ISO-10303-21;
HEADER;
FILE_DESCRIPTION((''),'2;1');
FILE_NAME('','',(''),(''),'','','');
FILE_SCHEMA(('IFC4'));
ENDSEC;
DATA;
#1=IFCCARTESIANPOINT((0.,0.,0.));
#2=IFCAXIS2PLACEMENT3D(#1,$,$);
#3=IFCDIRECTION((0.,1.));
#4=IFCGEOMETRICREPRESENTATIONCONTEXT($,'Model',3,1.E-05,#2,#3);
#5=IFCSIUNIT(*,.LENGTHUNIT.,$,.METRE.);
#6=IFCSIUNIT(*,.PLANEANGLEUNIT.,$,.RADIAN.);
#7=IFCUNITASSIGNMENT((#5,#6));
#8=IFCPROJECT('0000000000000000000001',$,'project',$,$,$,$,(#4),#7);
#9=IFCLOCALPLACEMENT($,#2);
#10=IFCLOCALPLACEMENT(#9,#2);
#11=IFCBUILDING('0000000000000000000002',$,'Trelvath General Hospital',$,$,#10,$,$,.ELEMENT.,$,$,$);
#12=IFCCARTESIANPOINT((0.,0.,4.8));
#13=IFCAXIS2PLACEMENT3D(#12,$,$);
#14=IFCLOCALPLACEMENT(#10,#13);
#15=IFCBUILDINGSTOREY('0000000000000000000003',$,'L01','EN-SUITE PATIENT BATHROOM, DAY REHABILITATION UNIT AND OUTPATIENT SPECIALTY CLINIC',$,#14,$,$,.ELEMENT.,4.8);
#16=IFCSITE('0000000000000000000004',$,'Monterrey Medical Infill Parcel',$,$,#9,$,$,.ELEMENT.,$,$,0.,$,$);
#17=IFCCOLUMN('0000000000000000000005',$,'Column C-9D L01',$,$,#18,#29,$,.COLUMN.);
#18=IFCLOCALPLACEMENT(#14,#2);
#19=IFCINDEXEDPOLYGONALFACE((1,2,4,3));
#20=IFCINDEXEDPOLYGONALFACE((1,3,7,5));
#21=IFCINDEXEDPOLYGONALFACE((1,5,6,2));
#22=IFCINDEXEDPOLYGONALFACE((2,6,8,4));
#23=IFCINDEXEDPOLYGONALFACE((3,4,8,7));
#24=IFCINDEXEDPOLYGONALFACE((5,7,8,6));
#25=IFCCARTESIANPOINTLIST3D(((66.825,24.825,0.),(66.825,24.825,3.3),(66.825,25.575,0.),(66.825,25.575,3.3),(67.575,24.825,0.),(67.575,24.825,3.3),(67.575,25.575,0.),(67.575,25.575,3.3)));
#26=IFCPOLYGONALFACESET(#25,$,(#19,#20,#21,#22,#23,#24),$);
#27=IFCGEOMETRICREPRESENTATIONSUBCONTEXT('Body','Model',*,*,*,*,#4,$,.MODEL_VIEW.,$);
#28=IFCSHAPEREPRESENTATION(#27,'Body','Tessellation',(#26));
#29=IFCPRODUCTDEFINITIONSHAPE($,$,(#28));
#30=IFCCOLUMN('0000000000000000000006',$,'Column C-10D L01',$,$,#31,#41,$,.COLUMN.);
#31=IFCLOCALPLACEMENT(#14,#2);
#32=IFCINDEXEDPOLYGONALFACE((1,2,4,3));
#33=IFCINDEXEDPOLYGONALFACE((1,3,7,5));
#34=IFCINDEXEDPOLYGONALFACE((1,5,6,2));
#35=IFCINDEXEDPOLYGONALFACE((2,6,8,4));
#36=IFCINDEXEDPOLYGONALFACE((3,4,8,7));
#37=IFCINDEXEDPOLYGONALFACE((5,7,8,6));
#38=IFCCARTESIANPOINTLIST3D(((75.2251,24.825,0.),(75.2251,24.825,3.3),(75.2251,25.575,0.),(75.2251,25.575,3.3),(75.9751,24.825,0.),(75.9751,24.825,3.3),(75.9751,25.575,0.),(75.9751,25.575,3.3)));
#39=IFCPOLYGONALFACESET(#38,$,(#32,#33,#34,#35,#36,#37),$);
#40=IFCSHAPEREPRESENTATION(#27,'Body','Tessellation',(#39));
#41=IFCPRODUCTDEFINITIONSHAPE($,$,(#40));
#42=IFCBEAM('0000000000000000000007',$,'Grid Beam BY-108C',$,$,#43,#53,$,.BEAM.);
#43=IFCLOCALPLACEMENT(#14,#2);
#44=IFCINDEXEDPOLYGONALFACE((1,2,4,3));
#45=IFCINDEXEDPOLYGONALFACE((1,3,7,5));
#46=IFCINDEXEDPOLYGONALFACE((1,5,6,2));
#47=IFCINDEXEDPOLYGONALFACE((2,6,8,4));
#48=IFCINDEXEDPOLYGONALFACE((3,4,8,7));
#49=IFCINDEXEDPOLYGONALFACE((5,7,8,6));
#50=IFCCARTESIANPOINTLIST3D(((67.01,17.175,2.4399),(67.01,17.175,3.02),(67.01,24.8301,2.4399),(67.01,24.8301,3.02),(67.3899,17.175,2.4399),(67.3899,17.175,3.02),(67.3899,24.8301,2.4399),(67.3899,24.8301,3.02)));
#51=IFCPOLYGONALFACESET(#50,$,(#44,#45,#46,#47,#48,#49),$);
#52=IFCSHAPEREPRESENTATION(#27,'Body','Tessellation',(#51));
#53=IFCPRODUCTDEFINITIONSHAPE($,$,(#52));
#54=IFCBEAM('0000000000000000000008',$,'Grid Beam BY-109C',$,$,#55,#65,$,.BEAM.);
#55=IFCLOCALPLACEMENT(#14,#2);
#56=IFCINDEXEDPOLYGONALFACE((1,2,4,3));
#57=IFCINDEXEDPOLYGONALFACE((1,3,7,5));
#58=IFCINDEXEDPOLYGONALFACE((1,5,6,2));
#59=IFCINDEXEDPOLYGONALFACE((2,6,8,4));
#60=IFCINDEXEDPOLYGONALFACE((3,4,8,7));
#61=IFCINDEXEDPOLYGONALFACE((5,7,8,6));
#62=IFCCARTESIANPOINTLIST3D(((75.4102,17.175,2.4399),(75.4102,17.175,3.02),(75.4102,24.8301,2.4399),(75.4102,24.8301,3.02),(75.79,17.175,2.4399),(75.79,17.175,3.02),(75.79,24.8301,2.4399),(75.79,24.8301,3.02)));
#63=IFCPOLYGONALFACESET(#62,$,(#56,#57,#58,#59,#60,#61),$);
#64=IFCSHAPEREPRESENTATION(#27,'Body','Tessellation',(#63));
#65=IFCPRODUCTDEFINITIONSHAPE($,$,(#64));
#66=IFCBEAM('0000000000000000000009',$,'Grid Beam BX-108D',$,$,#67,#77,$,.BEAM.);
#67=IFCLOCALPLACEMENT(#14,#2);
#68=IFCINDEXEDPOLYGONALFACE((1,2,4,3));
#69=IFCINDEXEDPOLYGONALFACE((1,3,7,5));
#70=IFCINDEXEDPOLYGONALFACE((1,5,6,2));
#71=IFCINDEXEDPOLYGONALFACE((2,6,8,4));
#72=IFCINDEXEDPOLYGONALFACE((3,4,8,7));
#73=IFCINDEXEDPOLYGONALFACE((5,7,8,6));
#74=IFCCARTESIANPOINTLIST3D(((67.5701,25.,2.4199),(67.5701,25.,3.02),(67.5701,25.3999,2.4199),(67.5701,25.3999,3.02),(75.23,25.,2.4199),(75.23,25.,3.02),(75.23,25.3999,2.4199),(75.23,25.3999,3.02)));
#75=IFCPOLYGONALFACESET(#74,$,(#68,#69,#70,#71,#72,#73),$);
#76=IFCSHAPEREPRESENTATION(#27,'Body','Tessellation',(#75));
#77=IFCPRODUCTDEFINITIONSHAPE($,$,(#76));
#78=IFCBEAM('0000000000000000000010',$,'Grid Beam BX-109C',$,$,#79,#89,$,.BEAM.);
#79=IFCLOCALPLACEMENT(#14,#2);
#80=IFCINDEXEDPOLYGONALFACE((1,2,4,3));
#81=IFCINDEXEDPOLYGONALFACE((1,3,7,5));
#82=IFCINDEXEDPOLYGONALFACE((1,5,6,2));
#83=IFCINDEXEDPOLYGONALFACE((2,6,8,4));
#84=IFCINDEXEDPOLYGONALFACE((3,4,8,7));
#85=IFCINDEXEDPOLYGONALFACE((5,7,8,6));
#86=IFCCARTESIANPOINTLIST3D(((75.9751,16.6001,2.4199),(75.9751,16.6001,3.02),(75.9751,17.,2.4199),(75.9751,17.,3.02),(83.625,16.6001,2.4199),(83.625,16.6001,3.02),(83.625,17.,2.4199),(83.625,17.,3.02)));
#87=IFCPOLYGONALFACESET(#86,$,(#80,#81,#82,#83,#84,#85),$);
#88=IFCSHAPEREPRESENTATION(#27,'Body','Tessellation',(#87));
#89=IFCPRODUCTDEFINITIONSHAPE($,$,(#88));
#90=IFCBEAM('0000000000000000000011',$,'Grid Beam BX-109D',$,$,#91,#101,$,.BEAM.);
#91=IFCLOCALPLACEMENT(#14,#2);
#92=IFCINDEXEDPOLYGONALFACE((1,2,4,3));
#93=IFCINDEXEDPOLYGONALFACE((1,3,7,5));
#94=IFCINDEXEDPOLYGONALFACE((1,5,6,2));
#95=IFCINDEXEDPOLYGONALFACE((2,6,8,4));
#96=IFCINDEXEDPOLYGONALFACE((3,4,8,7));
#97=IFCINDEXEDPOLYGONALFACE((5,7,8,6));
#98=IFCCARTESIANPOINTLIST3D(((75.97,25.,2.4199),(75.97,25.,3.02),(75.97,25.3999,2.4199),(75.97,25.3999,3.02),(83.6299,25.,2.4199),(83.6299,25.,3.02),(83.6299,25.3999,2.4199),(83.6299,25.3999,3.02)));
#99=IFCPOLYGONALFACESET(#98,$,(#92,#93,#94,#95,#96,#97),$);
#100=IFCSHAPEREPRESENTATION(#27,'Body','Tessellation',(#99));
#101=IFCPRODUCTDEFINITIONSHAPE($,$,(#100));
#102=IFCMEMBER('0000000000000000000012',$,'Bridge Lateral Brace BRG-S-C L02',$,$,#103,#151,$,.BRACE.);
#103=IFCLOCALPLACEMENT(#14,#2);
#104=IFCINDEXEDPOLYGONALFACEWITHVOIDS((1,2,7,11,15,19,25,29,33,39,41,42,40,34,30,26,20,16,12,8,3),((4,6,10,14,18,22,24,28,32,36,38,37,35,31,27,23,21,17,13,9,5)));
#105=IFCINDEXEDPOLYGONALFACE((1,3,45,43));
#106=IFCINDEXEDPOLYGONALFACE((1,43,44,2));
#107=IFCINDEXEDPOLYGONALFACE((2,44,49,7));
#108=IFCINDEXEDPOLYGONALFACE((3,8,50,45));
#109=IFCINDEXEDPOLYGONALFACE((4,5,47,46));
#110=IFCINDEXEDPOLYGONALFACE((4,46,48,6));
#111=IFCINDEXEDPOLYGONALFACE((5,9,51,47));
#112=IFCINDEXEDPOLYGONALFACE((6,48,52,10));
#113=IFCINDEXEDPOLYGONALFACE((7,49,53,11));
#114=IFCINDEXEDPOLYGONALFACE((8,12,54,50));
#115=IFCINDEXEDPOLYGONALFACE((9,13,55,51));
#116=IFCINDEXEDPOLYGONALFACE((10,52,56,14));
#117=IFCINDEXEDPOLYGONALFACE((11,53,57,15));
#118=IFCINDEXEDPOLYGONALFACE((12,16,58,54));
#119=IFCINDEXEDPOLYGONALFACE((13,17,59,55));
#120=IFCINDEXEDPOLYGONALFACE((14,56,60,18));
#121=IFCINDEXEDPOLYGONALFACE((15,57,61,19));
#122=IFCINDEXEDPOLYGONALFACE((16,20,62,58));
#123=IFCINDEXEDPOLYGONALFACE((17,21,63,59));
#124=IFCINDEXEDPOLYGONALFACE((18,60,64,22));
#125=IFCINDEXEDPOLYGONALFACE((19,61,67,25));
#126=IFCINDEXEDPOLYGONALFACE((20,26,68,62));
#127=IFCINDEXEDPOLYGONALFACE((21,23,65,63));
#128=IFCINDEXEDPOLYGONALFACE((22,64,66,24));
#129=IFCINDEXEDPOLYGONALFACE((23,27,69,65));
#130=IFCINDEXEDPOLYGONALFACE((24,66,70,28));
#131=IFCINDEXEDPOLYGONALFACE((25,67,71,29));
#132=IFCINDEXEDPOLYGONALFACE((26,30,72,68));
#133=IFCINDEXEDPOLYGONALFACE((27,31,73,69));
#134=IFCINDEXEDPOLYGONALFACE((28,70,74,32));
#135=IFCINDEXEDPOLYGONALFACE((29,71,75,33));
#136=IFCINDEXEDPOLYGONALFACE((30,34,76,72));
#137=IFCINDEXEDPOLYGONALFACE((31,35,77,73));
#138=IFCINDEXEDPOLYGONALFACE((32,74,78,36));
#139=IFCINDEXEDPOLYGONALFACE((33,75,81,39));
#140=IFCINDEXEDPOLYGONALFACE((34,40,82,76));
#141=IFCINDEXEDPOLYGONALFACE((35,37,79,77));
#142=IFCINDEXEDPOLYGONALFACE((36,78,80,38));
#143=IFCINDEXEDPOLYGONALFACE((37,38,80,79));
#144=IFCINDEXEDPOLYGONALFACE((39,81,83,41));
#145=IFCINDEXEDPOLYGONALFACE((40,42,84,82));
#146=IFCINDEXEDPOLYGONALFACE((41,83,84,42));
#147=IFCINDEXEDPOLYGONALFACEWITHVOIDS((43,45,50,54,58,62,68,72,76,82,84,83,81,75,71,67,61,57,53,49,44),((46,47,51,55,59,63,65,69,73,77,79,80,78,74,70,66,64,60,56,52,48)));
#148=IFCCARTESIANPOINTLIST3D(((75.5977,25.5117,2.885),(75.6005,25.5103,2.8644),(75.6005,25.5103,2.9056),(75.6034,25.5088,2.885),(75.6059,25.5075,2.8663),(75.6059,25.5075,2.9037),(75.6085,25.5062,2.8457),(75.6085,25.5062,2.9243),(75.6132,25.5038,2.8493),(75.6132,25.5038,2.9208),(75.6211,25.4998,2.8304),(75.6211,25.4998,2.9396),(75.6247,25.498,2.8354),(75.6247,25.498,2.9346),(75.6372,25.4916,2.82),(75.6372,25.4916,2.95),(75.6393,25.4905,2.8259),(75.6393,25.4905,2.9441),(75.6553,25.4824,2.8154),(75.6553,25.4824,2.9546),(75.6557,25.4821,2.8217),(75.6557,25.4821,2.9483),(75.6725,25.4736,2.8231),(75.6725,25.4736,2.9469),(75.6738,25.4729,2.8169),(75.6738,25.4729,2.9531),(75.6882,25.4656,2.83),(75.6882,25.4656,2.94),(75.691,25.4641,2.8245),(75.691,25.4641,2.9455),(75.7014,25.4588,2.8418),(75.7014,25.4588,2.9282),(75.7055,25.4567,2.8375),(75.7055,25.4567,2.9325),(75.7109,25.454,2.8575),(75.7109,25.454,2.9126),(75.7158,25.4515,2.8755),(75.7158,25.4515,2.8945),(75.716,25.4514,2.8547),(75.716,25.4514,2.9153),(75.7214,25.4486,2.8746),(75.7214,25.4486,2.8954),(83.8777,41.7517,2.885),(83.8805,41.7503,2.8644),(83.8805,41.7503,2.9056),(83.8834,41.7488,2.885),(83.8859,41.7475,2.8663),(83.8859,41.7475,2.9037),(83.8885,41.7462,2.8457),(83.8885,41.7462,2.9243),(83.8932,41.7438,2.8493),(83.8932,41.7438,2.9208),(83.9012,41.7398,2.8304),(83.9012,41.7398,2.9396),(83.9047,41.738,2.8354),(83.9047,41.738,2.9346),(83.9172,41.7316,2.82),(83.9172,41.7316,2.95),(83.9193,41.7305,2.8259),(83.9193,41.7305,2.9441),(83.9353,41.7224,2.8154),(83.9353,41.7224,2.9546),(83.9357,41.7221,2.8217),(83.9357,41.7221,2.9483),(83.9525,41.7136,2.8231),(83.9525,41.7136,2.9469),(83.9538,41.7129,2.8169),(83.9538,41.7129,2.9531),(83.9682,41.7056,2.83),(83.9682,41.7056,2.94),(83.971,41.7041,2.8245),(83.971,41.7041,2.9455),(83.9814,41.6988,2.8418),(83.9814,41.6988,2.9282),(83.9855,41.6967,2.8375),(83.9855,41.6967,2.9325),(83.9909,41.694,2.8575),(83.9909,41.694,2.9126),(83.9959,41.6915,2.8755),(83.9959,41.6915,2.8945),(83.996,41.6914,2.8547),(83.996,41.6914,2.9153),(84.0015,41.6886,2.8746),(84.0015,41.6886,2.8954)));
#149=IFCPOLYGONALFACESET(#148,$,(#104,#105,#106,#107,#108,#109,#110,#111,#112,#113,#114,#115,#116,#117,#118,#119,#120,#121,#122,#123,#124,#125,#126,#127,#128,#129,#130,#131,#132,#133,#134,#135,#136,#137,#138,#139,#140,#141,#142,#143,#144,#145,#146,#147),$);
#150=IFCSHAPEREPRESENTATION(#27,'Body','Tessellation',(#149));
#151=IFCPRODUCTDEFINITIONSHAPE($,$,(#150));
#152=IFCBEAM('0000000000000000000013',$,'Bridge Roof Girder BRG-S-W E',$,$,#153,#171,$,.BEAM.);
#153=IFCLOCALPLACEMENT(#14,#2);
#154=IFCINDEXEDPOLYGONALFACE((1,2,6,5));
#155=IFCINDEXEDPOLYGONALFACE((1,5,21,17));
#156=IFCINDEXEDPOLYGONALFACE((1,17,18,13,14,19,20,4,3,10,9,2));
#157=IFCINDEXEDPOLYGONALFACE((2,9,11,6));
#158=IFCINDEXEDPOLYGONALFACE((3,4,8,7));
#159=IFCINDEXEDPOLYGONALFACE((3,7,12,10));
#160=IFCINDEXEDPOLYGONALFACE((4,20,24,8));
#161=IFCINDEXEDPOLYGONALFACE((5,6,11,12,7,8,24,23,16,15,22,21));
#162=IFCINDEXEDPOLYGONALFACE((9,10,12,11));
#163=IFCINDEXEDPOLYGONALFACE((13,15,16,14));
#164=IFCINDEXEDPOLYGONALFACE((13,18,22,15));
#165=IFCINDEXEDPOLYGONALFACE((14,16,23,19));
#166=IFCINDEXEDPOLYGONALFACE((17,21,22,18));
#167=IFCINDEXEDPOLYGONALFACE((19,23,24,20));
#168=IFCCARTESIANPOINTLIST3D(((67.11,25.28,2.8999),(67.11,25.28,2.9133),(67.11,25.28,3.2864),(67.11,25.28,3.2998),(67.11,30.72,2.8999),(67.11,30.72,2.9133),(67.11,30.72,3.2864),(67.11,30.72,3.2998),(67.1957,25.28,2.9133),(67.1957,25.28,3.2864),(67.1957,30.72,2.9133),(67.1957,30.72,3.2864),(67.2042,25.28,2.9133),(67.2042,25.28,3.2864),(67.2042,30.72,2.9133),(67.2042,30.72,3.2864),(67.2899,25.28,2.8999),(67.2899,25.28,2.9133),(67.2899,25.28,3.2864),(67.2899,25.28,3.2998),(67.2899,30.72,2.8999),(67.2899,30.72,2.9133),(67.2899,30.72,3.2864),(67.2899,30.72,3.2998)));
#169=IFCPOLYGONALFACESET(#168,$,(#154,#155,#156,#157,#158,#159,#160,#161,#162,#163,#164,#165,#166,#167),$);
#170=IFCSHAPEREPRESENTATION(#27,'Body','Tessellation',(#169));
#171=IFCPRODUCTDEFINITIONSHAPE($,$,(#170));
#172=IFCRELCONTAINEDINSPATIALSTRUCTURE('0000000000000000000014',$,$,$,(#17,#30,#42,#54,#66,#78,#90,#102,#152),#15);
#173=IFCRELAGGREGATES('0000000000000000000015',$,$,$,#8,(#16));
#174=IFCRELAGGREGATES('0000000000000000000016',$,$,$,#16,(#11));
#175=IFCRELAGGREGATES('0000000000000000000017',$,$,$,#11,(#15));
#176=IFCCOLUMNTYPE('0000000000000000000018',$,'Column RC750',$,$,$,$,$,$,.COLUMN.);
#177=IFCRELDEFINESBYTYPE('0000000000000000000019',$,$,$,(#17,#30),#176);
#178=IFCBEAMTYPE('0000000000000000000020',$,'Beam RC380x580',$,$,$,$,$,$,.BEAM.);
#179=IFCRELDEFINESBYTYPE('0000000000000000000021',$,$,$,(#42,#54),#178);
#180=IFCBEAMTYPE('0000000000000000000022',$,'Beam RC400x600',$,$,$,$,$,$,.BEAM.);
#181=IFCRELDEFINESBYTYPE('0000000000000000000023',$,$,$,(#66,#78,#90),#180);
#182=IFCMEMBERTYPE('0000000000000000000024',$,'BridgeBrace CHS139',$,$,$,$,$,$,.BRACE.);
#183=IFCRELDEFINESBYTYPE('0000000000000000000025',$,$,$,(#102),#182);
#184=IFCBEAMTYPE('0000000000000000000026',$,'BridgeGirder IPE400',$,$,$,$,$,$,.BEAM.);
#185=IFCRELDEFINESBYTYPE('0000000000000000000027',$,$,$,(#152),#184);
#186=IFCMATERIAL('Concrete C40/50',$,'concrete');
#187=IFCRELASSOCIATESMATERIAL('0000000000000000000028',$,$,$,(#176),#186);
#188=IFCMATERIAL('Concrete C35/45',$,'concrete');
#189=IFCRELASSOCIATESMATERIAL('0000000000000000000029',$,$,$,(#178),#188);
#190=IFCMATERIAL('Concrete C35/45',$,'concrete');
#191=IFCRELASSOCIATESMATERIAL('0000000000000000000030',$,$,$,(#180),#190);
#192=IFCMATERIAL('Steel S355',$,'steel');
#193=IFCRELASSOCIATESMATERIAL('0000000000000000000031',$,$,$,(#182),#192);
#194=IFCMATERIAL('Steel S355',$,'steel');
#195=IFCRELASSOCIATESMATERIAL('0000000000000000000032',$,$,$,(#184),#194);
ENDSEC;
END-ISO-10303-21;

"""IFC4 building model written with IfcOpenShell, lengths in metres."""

from ifc_helpers import new_model, si_unit, direction, frame, origin, origin_2d, place, context, subcontext, project, spatial, rectangle, hollow_circle, i_section, extrude, material, material_profile, profile_set, type_object, element, save


model = new_model("IFC4")

# Units and contexts
model_context = context("Model", 3, precision=1e-05, world=origin(), true_north=direction((0.0, 1.0)))
body_context = subcontext(model_context, "Body", "Model", "MODEL_VIEW")
ifc_project = project(units=[si_unit("LENGTHUNIT", "METRE"), si_unit("PLANEANGLEUNIT", "RADIAN")], contexts=[model_context])

# Site, building, storey
site_placement = place(None, origin())
site = spatial("IfcSite", under=ifc_project, at=site_placement, Name="Monterrey Medical Infill Parcel", CompositionType="ELEMENT", RefElevation=0.0)
building_placement = place(site_placement, origin())
building = spatial("IfcBuilding", under=site, at=building_placement, Name="Trelvath General Hospital", CompositionType="ELEMENT")
storey_placement = place(building_placement, frame((0.0, 0.0, 4.8)))
storey = spatial("IfcBuildingStorey", under=building, at=storey_placement, Name="L01", Description="EN-SUITE PATIENT BATHROOM, DAY REHABILITATION UNIT AND OUTPATIENT SPECIALTY CLINIC", CompositionType="ELEMENT", Elevation=4.8)

# Columns
ifc_material_1 = material(Name="Concrete C40/50", Category="concrete")
ifc_material_profile_1 = material_profile(ifc_material_1, rectangle(XDim=0.75, YDim=0.75, at=origin_2d()), Name="RC750x750")
ifc_profile_set_1 = profile_set([ifc_material_profile_1], Name="Concrete C40/50")
column_type = type_object("IfcColumnType", Name="Column RC750", PredefinedType="COLUMN", material=ifc_profile_set_1)
for number, where, z_axis, x_axis, name in (
    (1, (67.2, 25.2, 0.0), (0.0, 0.0, 1.0), (1.0, 0.0, 0.0), "Column C-9D L01"),
    (2, (75.6001, 25.2, 0.0), (0.0, 0.0, 1.0), (1.0, 0.0, 0.0), "Column C-10D L01"),
):
    element("IfcColumn", number, at=place(storey_placement, frame(where, z_axis=z_axis, x_axis=x_axis)), inside=storey, type_object=column_type, Name=name, PredefinedType="COLUMN", context=body_context, shape_type="SweptSolid", body=[
        extrude(rectangle(XDim=0.75, YDim=0.75, at=origin_2d()), origin(), (0.0, 0.0, 1.0), 3.3),
    ])

# Beams
ifc_material_2 = material(Name="Concrete C35/45", Category="concrete")
ifc_material_profile_2 = material_profile(ifc_material_2, rectangle(XDim=0.3799, YDim=0.5801, at=origin_2d()), Name="RCB380x580")
ifc_profile_set_2 = profile_set([ifc_material_profile_2], Name="Concrete C35/45")
beam_type_1 = type_object("IfcBeamType", Name="Beam RC380x580", PredefinedType="BEAM", material=ifc_profile_set_2)
for number, where, z_axis, x_axis, name in (
    (3, (67.2, 17.175, 2.73), (0.0, 1.0, 0.0), (-1.0, 0.0, 0.0), "Grid Beam BY-108C"),
    (4, (75.6001, 17.175, 2.73), (0.0, 1.0, 0.0), (-1.0, 0.0, 0.0), "Grid Beam BY-109C"),
):
    element("IfcBeam", number, at=place(storey_placement, frame(where, z_axis=z_axis, x_axis=x_axis)), inside=storey, type_object=beam_type_1, Name=name, PredefinedType="BEAM", context=body_context, shape_type="SweptSolid", body=[
        extrude(rectangle(XDim=0.3799, YDim=0.5801, at=origin_2d()), origin(), (0.0, 0.0, 1.0), 7.655),
    ])
ifc_material_3 = material(Name="Concrete C35/45", Category="concrete")
ifc_material_profile_3 = material_profile(ifc_material_3, rectangle(XDim=0.3999, YDim=0.6001, at=origin_2d()), Name="RCB400x600")
ifc_profile_set_3 = profile_set([ifc_material_profile_3], Name="Concrete C35/45")
beam_type_2 = type_object("IfcBeamType", Name="Beam RC400x600", PredefinedType="BEAM", material=ifc_profile_set_3)
beam_1_placement = place(storey_placement, frame((67.5701, 25.2, 2.72), z_axis=(1.0, 0.0, 0.0), x_axis=(0.0, 1.0, 0.0)))
element("IfcBeam", 5, at=beam_1_placement, inside=storey, type_object=beam_type_2, Name="Grid Beam BX-108D", PredefinedType="BEAM", context=body_context, shape_type="SweptSolid", body=[
    extrude(rectangle(XDim=0.3999, YDim=0.6001, at=origin_2d()), origin(), (0.0, 0.0, 1.0), 7.6599),
])
beam_2_placement = place(storey_placement, frame((75.9751, 16.8, 2.72), z_axis=(1.0, 0.0, 0.0), x_axis=(0.0, 1.0, 0.0)))
element("IfcBeam", 6, at=beam_2_placement, inside=storey, type_object=beam_type_2, Name="Grid Beam BX-109C", PredefinedType="BEAM", context=body_context, shape_type="SweptSolid", body=[
    extrude(rectangle(XDim=0.3999, YDim=0.6001, at=origin_2d()), origin(), (0.0, 0.0, 1.0), 7.6499),
])
beam_3_placement = place(storey_placement, frame((75.97, 25.2, 2.72), z_axis=(1.0, 0.0, 0.0), x_axis=(0.0, 1.0, 0.0)))
element("IfcBeam", 7, at=beam_3_placement, inside=storey, type_object=beam_type_2, Name="Grid Beam BX-109D", PredefinedType="BEAM", context=body_context, shape_type="SweptSolid", body=[
    extrude(rectangle(XDim=0.3999, YDim=0.6001, at=origin_2d()), origin(), (0.0, 0.0, 1.0), 7.6599),
])

# Member
ifc_material_4 = material(Name="Steel S355", Category="steel")
ifc_material_profile_4 = material_profile(ifc_material_4, hollow_circle(Radius=0.0698, WallThickness=0.0063, at=origin_2d()), Name="CHS139.7x6.3")
ifc_profile_set_4 = profile_set([ifc_material_profile_4], Name="Steel S355")
member_type_1 = type_object("IfcMemberType", Name="BridgeBrace CHS139", PredefinedType="BRACE", material=ifc_profile_set_4)
member_1_placement = place(storey_placement, frame((75.6599, 25.48, 2.885), z_axis=(0.454223, 0.890888, 0.0), x_axis=(-0.890888, 0.454223, 0.0)))
element("IfcMember", 8, at=member_1_placement, inside=storey, type_object=member_type_1, Name="Bridge Lateral Brace BRG-S-C L02", PredefinedType="BRACE", context=body_context, shape_type="SweptSolid", body=[
    extrude(hollow_circle(Radius=0.0698, WallThickness=0.0063, at=origin_2d()), origin(), (0.0, 0.0, 1.0), 18.229),
])

# Beam
ifc_material_5 = material(Name="Steel S355", Category="steel")
ifc_material_profile_5 = material_profile(ifc_material_5, i_section(OverallWidth=0.1799, OverallDepth=0.3999, WebThickness=0.0085, FlangeThickness=0.0134, at=origin_2d()), Name="IPE400")
ifc_profile_set_5 = profile_set([ifc_material_profile_5], Name="Steel S355")
beam_type_3 = type_object("IfcBeamType", Name="BridgeGirder IPE400", PredefinedType="BEAM", material=ifc_profile_set_5)
beam_4_placement = place(storey_placement, frame((67.2, 25.28, 3.0999), z_axis=(0.0, 1.0, 0.0), x_axis=(-1.0, 0.0, 0.0)))
element("IfcBeam", 9, at=beam_4_placement, inside=storey, type_object=beam_type_3, Name="Bridge Roof Girder BRG-S-W E", PredefinedType="BEAM", context=body_context, shape_type="SweptSolid", body=[
    extrude(i_section(OverallWidth=0.1799, OverallDepth=0.3999, WebThickness=0.0085, FlangeThickness=0.0134, at=origin_2d()), origin(), (0.0, 0.0, 1.0), 5.4399),
])

save(model, "model.ifc")
